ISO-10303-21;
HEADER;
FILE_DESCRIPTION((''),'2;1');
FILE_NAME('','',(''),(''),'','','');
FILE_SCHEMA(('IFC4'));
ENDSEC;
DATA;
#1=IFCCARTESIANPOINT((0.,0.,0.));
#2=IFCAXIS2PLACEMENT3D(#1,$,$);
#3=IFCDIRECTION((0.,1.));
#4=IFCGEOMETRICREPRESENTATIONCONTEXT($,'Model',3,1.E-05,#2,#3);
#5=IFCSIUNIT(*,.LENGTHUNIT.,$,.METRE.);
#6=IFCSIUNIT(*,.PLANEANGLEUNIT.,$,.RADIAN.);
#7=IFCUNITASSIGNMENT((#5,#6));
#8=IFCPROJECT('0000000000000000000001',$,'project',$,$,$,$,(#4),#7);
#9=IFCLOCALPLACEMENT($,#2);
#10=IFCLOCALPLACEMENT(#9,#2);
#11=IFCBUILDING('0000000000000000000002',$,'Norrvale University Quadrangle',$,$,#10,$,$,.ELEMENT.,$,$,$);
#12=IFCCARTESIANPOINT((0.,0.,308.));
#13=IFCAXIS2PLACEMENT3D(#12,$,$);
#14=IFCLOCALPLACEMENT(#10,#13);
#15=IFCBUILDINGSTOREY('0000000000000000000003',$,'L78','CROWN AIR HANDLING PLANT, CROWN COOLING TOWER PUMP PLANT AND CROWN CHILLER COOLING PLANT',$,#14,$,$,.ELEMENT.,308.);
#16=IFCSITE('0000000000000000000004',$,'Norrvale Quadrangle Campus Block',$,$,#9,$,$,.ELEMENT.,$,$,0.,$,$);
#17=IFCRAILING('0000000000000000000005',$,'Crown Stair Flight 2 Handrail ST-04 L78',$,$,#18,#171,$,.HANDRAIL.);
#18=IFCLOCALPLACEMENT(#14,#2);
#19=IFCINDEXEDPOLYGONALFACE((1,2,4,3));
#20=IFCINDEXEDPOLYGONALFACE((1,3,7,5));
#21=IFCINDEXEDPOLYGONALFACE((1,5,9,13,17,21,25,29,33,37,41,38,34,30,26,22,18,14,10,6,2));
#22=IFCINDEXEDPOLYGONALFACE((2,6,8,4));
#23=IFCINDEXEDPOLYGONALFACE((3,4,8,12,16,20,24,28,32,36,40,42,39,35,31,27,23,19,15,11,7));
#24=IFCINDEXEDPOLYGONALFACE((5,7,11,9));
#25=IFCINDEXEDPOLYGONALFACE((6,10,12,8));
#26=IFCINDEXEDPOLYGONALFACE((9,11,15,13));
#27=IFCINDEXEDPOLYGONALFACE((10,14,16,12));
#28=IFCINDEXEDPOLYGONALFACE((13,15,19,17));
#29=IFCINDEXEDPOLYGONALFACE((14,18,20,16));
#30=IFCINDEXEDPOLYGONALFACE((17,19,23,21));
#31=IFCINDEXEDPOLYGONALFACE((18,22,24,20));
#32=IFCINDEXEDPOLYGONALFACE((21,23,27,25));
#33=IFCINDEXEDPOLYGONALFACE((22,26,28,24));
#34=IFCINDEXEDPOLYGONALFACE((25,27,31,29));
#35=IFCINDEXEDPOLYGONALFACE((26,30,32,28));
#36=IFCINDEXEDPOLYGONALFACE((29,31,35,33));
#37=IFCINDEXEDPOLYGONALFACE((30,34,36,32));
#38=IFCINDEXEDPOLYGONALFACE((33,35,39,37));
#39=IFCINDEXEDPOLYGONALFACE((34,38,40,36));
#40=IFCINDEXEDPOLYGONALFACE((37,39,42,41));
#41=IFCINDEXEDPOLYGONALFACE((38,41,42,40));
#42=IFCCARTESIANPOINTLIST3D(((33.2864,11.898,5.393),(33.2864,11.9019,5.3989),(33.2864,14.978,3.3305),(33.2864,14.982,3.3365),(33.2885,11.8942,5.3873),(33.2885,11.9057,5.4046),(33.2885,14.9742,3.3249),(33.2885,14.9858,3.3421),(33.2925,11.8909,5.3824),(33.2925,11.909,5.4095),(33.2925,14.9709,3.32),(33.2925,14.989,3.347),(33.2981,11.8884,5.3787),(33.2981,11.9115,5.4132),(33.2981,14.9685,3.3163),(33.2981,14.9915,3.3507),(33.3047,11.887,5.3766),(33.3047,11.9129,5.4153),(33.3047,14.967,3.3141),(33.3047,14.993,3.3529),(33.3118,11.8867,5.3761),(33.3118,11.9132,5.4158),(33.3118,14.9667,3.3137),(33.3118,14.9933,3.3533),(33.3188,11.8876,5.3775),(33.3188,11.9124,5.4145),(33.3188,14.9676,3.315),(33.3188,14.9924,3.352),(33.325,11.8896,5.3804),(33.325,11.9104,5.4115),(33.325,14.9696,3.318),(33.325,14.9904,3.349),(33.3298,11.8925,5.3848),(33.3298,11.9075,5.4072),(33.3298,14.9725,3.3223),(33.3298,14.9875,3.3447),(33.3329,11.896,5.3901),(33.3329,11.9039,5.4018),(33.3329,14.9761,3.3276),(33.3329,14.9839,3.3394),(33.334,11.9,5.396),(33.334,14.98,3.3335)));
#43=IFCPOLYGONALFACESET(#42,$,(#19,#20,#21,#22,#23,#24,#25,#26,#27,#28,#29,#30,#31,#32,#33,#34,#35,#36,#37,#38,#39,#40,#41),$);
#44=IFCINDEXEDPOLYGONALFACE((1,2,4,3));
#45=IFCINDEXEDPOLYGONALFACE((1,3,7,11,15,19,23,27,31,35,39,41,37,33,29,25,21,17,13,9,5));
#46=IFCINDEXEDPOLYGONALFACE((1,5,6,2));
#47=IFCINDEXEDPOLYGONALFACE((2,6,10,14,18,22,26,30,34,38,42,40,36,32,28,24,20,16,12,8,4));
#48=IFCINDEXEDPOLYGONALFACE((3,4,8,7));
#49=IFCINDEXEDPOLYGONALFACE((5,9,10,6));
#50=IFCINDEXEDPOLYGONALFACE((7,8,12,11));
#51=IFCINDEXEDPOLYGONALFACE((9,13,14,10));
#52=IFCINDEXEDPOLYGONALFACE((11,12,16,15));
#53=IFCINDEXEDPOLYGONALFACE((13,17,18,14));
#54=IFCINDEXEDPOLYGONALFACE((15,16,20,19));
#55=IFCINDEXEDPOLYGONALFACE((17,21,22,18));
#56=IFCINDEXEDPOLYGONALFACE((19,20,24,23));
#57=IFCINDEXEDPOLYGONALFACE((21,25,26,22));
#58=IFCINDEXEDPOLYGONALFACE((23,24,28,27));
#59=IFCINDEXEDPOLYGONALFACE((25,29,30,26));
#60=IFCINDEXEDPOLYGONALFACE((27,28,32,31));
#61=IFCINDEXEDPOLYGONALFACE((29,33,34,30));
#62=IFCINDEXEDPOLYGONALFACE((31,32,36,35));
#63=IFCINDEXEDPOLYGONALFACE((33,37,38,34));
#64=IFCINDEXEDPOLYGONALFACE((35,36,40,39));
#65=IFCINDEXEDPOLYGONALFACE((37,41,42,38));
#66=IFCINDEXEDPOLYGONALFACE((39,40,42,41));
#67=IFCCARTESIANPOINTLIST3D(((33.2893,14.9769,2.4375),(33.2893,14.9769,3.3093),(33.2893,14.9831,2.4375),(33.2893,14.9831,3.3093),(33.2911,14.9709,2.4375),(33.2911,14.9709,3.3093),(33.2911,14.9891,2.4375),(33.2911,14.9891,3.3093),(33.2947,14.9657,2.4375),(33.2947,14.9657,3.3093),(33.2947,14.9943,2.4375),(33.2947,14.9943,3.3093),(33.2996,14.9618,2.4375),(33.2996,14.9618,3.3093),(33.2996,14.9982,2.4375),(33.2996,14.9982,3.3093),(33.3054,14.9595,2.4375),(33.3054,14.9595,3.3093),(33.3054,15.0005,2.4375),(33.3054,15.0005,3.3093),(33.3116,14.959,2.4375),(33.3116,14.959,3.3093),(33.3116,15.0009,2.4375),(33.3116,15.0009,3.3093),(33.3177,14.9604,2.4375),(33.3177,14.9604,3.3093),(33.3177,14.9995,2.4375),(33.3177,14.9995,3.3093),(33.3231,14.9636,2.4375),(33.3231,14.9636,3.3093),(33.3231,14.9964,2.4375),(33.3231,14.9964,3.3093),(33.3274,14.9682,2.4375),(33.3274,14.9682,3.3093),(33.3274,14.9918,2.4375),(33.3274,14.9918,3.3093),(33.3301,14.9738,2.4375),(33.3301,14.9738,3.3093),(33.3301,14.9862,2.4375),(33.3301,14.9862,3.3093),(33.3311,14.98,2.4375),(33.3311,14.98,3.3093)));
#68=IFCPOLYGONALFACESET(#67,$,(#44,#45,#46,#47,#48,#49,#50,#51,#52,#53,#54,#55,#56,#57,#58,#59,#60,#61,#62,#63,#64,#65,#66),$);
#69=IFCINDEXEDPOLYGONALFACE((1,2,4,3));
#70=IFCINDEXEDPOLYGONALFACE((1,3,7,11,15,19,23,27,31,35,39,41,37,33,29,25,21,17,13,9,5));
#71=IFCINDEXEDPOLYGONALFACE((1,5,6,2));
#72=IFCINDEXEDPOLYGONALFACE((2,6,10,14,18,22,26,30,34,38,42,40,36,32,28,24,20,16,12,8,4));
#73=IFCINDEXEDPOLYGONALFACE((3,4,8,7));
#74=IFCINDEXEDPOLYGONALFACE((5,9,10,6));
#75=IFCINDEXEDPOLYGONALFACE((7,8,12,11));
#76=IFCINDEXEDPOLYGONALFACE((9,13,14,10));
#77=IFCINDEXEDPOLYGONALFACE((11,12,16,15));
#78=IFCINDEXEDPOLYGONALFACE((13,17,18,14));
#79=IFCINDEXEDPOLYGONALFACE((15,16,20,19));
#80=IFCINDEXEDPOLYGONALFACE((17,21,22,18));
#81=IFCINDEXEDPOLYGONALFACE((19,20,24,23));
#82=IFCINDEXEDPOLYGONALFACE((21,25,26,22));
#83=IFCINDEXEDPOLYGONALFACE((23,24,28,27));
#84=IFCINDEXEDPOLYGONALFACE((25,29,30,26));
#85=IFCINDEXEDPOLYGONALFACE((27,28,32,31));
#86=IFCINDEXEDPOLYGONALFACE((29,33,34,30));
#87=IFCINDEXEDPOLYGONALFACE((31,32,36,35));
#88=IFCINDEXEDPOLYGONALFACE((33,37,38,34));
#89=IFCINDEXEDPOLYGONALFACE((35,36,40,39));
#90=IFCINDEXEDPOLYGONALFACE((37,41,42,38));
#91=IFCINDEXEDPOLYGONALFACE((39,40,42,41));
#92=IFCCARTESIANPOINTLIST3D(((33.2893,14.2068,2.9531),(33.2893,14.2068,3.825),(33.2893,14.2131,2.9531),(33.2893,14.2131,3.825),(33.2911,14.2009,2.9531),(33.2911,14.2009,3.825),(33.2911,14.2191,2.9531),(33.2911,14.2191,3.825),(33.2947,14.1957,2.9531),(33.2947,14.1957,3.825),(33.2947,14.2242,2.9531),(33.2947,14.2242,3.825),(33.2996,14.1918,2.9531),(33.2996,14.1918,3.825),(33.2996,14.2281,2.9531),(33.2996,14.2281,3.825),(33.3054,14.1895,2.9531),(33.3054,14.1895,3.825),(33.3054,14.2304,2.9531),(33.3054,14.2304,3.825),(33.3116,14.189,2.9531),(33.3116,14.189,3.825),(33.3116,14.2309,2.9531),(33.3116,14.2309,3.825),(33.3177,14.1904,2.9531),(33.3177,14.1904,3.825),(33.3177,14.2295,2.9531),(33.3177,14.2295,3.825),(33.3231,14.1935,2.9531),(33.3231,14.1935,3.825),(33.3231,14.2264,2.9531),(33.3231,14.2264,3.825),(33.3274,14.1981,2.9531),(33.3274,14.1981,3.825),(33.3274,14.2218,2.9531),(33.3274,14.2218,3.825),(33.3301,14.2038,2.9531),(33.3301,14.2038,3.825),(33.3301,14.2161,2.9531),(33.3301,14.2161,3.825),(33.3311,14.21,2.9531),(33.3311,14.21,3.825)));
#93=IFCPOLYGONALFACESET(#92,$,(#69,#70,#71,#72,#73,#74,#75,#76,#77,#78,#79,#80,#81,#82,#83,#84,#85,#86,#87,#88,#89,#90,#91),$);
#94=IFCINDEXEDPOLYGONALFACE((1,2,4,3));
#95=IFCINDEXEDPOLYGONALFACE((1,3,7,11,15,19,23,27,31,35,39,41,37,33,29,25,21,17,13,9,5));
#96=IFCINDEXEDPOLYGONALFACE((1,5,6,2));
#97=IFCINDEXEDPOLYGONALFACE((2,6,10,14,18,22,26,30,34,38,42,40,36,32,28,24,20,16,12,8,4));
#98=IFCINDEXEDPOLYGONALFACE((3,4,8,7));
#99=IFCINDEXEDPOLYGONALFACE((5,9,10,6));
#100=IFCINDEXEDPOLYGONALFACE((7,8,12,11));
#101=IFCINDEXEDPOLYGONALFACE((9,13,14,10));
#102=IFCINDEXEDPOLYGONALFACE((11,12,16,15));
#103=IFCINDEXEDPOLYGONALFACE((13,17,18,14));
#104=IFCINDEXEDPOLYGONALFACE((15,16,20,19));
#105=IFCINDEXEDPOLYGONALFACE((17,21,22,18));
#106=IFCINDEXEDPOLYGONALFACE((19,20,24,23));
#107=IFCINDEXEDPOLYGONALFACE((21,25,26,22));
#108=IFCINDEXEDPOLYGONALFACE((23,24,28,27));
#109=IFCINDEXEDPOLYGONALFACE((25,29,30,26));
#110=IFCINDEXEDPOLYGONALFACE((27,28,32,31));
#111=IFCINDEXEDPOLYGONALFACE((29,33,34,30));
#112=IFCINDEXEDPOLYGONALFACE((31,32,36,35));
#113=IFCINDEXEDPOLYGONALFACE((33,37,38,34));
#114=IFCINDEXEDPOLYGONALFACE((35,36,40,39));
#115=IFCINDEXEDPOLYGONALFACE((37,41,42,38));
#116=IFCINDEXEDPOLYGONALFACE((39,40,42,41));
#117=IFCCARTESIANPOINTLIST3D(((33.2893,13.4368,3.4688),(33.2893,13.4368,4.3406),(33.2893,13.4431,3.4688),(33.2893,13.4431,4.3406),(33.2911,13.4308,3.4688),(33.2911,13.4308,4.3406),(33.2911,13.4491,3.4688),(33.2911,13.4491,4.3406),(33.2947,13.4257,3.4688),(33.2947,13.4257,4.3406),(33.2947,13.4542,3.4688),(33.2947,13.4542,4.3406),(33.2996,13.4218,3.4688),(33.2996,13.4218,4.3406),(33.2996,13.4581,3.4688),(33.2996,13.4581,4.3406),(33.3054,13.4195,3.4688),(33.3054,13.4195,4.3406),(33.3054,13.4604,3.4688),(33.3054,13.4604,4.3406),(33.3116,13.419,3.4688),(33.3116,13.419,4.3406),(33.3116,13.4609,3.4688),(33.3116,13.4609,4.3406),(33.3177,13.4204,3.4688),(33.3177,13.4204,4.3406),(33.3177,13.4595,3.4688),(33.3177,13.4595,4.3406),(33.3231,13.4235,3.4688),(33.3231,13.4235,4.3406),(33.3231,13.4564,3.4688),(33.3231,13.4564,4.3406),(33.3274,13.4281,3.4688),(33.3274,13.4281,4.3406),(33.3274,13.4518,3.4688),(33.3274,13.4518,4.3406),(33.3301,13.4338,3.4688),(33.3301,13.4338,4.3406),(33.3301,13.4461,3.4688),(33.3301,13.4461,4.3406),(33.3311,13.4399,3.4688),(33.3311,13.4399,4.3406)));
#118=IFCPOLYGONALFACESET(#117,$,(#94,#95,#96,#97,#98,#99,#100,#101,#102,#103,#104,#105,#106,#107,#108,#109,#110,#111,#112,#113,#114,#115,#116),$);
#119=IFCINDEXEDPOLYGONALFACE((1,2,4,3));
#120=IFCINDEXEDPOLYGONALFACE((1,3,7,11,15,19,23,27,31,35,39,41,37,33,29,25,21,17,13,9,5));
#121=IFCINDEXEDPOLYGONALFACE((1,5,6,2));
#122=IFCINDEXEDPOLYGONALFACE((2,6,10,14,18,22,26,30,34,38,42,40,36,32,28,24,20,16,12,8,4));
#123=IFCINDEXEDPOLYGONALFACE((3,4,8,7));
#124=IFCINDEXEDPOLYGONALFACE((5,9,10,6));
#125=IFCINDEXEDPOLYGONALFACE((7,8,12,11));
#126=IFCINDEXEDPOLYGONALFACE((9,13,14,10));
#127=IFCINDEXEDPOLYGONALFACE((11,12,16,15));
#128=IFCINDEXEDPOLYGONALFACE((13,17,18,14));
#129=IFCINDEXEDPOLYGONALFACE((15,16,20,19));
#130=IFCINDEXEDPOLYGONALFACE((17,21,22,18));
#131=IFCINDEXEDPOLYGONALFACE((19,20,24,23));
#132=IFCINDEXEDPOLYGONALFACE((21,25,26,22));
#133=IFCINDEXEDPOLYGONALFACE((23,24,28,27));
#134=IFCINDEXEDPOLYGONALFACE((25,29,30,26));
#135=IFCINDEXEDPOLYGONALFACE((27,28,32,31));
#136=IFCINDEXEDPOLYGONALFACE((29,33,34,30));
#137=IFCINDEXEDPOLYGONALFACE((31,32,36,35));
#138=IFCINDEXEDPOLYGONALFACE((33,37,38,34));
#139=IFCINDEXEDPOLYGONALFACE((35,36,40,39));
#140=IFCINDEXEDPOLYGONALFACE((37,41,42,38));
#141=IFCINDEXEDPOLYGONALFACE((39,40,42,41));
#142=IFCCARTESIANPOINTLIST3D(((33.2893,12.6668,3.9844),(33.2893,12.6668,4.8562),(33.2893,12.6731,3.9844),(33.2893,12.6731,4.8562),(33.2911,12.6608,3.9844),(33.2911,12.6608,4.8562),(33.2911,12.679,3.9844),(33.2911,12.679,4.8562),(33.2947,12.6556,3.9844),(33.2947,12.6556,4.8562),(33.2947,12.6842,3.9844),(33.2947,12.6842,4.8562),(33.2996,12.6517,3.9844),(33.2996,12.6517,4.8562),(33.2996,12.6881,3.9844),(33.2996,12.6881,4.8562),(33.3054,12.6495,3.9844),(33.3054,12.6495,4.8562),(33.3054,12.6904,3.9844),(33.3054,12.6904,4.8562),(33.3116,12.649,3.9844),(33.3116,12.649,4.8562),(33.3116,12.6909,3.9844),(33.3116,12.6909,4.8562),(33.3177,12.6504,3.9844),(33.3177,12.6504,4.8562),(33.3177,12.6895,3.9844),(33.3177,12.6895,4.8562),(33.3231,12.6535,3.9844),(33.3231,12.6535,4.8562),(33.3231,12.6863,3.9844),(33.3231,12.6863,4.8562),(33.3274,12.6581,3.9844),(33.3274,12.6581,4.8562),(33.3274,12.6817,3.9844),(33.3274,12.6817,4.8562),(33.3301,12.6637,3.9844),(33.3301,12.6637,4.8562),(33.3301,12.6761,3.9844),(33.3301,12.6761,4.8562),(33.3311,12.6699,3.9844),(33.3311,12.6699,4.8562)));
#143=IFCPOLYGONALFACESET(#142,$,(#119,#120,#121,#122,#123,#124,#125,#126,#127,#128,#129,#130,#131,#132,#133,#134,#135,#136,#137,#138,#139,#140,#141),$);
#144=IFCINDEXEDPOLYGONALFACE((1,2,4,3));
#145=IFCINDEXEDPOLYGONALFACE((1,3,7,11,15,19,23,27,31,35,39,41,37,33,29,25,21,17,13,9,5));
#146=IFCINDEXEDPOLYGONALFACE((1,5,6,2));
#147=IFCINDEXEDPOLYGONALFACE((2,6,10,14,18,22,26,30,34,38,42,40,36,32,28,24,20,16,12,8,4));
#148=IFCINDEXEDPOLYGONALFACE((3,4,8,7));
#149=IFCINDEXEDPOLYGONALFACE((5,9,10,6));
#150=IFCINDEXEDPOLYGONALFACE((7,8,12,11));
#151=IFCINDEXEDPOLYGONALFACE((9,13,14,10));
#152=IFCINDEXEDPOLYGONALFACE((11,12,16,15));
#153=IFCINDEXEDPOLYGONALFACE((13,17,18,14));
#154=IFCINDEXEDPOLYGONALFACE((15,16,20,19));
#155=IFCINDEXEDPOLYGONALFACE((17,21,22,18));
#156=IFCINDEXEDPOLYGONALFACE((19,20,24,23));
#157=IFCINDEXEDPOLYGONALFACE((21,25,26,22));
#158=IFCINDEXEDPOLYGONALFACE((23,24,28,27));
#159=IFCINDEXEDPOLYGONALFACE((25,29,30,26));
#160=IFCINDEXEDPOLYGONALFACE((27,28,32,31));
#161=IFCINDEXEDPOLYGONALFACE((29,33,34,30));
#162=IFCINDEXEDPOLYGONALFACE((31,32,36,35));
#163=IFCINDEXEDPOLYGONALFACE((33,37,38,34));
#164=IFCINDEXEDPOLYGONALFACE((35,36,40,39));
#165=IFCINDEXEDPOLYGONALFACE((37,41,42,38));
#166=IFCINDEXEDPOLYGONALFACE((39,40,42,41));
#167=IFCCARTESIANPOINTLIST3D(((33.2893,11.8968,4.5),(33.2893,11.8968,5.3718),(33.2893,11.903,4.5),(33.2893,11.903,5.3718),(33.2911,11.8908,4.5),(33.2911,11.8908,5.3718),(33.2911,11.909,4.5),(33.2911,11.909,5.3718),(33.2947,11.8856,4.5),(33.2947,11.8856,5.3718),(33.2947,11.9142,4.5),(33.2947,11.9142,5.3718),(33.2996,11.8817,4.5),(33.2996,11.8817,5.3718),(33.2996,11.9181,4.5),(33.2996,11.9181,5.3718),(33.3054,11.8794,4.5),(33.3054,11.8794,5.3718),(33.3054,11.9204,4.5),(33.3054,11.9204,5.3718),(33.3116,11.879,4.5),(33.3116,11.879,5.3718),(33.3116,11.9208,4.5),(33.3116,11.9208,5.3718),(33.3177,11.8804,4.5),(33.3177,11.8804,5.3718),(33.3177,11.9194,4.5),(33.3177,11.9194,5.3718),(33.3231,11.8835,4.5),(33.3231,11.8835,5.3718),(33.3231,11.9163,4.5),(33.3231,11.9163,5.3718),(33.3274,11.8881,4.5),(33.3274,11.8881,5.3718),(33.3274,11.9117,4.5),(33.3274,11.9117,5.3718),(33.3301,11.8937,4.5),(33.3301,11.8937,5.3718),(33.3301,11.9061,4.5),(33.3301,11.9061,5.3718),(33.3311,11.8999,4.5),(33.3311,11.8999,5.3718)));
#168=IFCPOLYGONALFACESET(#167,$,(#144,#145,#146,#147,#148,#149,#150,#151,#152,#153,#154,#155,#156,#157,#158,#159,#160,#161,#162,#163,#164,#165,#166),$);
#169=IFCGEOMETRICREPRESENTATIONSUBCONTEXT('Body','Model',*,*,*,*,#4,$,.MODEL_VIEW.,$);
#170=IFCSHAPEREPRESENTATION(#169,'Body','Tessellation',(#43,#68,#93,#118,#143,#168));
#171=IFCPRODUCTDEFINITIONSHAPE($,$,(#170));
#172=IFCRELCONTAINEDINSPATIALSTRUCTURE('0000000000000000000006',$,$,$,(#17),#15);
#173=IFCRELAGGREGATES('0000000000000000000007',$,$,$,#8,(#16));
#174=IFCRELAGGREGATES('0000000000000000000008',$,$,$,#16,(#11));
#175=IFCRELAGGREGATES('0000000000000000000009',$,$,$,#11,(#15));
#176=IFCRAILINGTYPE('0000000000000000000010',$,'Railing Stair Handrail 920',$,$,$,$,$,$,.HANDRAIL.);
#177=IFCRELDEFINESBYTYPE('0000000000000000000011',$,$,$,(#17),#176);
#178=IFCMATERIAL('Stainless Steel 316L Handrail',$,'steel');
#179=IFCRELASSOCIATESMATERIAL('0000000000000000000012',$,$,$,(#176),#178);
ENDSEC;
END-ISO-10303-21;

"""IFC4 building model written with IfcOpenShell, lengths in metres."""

from ifc_helpers import new_model, si_unit, direction, frame, origin, origin_2d, place, context, subcontext, project, spatial, circle, extrude, material, type_object, element, save


model = new_model("IFC4")

# Units and contexts
model_context = context("Model", 3, precision=1e-05, world=origin(), true_north=direction((0.0, 1.0)))
body_context = subcontext(model_context, "Body", "Model", "MODEL_VIEW")
ifc_project = project(units=[si_unit("LENGTHUNIT", "METRE"), si_unit("PLANEANGLEUNIT", "RADIAN")], contexts=[model_context])

# Site, building, storey
site_placement = place(None, origin())
site = spatial("IfcSite", under=ifc_project, at=site_placement, Name="Norrvale Quadrangle Campus Block", CompositionType="ELEMENT", RefElevation=0.0)
building_placement = place(site_placement, origin())
building = spatial("IfcBuilding", under=site, at=building_placement, Name="Norrvale University Quadrangle", CompositionType="ELEMENT")
storey_placement = place(building_placement, frame((0.0, 0.0, 308.0)))
storey = spatial("IfcBuildingStorey", under=building, at=storey_placement, Name="L78", Description="CROWN AIR HANDLING PLANT, CROWN COOLING TOWER PUMP PLANT AND CROWN CHILLER COOLING PLANT", CompositionType="ELEMENT", Elevation=308.0)

# Railing
ifc_material_1 = material(Name="Stainless Steel 316L Handrail", Category="steel")
railing_type = type_object("IfcRailingType", Name="Railing Stair Handrail 920", PredefinedType="HANDRAIL", material=ifc_material_1)
railing_placement = place(storey_placement, frame((33.3101, 14.98, 2.4375)))
element("IfcRailing", 1, at=railing_placement, inside=storey, type_object=railing_type, Name="Crown Stair Flight 2 Handrail ST-04 L78", PredefinedType="HANDRAIL", context=body_context, shape_type="SweptSolid", body=[
    extrude(circle(Radius=0.0239, at=origin_2d()), frame((0.0, 0.0, 0.896), z_axis=(0.0, -0.830914, 0.556401), x_axis=(1.0, 0.0, 0.0)), (0.0, 0.0, 1.0), 3.7068),
    extrude(circle(Radius=0.021, at=origin_2d()), origin(), (0.0, 0.0, 1.0), 0.8718),
    extrude(circle(Radius=0.021, at=origin_2d()), frame((0.0, -0.77, 0.5156)), (0.0, 0.0, 1.0), 0.8718),
    extrude(circle(Radius=0.021, at=origin_2d()), frame((0.0, -1.54, 1.0312)), (0.0, 0.0, 1.0), 0.8718),
    extrude(circle(Radius=0.021, at=origin_2d()), frame((0.0, -2.3101, 1.5469)), (0.0, 0.0, 1.0), 0.8718),
    extrude(circle(Radius=0.021, at=origin_2d()), frame((0.0, -3.0801, 2.0625)), (0.0, 0.0, 1.0), 0.8718),
])

save(model, "model.ifc")
